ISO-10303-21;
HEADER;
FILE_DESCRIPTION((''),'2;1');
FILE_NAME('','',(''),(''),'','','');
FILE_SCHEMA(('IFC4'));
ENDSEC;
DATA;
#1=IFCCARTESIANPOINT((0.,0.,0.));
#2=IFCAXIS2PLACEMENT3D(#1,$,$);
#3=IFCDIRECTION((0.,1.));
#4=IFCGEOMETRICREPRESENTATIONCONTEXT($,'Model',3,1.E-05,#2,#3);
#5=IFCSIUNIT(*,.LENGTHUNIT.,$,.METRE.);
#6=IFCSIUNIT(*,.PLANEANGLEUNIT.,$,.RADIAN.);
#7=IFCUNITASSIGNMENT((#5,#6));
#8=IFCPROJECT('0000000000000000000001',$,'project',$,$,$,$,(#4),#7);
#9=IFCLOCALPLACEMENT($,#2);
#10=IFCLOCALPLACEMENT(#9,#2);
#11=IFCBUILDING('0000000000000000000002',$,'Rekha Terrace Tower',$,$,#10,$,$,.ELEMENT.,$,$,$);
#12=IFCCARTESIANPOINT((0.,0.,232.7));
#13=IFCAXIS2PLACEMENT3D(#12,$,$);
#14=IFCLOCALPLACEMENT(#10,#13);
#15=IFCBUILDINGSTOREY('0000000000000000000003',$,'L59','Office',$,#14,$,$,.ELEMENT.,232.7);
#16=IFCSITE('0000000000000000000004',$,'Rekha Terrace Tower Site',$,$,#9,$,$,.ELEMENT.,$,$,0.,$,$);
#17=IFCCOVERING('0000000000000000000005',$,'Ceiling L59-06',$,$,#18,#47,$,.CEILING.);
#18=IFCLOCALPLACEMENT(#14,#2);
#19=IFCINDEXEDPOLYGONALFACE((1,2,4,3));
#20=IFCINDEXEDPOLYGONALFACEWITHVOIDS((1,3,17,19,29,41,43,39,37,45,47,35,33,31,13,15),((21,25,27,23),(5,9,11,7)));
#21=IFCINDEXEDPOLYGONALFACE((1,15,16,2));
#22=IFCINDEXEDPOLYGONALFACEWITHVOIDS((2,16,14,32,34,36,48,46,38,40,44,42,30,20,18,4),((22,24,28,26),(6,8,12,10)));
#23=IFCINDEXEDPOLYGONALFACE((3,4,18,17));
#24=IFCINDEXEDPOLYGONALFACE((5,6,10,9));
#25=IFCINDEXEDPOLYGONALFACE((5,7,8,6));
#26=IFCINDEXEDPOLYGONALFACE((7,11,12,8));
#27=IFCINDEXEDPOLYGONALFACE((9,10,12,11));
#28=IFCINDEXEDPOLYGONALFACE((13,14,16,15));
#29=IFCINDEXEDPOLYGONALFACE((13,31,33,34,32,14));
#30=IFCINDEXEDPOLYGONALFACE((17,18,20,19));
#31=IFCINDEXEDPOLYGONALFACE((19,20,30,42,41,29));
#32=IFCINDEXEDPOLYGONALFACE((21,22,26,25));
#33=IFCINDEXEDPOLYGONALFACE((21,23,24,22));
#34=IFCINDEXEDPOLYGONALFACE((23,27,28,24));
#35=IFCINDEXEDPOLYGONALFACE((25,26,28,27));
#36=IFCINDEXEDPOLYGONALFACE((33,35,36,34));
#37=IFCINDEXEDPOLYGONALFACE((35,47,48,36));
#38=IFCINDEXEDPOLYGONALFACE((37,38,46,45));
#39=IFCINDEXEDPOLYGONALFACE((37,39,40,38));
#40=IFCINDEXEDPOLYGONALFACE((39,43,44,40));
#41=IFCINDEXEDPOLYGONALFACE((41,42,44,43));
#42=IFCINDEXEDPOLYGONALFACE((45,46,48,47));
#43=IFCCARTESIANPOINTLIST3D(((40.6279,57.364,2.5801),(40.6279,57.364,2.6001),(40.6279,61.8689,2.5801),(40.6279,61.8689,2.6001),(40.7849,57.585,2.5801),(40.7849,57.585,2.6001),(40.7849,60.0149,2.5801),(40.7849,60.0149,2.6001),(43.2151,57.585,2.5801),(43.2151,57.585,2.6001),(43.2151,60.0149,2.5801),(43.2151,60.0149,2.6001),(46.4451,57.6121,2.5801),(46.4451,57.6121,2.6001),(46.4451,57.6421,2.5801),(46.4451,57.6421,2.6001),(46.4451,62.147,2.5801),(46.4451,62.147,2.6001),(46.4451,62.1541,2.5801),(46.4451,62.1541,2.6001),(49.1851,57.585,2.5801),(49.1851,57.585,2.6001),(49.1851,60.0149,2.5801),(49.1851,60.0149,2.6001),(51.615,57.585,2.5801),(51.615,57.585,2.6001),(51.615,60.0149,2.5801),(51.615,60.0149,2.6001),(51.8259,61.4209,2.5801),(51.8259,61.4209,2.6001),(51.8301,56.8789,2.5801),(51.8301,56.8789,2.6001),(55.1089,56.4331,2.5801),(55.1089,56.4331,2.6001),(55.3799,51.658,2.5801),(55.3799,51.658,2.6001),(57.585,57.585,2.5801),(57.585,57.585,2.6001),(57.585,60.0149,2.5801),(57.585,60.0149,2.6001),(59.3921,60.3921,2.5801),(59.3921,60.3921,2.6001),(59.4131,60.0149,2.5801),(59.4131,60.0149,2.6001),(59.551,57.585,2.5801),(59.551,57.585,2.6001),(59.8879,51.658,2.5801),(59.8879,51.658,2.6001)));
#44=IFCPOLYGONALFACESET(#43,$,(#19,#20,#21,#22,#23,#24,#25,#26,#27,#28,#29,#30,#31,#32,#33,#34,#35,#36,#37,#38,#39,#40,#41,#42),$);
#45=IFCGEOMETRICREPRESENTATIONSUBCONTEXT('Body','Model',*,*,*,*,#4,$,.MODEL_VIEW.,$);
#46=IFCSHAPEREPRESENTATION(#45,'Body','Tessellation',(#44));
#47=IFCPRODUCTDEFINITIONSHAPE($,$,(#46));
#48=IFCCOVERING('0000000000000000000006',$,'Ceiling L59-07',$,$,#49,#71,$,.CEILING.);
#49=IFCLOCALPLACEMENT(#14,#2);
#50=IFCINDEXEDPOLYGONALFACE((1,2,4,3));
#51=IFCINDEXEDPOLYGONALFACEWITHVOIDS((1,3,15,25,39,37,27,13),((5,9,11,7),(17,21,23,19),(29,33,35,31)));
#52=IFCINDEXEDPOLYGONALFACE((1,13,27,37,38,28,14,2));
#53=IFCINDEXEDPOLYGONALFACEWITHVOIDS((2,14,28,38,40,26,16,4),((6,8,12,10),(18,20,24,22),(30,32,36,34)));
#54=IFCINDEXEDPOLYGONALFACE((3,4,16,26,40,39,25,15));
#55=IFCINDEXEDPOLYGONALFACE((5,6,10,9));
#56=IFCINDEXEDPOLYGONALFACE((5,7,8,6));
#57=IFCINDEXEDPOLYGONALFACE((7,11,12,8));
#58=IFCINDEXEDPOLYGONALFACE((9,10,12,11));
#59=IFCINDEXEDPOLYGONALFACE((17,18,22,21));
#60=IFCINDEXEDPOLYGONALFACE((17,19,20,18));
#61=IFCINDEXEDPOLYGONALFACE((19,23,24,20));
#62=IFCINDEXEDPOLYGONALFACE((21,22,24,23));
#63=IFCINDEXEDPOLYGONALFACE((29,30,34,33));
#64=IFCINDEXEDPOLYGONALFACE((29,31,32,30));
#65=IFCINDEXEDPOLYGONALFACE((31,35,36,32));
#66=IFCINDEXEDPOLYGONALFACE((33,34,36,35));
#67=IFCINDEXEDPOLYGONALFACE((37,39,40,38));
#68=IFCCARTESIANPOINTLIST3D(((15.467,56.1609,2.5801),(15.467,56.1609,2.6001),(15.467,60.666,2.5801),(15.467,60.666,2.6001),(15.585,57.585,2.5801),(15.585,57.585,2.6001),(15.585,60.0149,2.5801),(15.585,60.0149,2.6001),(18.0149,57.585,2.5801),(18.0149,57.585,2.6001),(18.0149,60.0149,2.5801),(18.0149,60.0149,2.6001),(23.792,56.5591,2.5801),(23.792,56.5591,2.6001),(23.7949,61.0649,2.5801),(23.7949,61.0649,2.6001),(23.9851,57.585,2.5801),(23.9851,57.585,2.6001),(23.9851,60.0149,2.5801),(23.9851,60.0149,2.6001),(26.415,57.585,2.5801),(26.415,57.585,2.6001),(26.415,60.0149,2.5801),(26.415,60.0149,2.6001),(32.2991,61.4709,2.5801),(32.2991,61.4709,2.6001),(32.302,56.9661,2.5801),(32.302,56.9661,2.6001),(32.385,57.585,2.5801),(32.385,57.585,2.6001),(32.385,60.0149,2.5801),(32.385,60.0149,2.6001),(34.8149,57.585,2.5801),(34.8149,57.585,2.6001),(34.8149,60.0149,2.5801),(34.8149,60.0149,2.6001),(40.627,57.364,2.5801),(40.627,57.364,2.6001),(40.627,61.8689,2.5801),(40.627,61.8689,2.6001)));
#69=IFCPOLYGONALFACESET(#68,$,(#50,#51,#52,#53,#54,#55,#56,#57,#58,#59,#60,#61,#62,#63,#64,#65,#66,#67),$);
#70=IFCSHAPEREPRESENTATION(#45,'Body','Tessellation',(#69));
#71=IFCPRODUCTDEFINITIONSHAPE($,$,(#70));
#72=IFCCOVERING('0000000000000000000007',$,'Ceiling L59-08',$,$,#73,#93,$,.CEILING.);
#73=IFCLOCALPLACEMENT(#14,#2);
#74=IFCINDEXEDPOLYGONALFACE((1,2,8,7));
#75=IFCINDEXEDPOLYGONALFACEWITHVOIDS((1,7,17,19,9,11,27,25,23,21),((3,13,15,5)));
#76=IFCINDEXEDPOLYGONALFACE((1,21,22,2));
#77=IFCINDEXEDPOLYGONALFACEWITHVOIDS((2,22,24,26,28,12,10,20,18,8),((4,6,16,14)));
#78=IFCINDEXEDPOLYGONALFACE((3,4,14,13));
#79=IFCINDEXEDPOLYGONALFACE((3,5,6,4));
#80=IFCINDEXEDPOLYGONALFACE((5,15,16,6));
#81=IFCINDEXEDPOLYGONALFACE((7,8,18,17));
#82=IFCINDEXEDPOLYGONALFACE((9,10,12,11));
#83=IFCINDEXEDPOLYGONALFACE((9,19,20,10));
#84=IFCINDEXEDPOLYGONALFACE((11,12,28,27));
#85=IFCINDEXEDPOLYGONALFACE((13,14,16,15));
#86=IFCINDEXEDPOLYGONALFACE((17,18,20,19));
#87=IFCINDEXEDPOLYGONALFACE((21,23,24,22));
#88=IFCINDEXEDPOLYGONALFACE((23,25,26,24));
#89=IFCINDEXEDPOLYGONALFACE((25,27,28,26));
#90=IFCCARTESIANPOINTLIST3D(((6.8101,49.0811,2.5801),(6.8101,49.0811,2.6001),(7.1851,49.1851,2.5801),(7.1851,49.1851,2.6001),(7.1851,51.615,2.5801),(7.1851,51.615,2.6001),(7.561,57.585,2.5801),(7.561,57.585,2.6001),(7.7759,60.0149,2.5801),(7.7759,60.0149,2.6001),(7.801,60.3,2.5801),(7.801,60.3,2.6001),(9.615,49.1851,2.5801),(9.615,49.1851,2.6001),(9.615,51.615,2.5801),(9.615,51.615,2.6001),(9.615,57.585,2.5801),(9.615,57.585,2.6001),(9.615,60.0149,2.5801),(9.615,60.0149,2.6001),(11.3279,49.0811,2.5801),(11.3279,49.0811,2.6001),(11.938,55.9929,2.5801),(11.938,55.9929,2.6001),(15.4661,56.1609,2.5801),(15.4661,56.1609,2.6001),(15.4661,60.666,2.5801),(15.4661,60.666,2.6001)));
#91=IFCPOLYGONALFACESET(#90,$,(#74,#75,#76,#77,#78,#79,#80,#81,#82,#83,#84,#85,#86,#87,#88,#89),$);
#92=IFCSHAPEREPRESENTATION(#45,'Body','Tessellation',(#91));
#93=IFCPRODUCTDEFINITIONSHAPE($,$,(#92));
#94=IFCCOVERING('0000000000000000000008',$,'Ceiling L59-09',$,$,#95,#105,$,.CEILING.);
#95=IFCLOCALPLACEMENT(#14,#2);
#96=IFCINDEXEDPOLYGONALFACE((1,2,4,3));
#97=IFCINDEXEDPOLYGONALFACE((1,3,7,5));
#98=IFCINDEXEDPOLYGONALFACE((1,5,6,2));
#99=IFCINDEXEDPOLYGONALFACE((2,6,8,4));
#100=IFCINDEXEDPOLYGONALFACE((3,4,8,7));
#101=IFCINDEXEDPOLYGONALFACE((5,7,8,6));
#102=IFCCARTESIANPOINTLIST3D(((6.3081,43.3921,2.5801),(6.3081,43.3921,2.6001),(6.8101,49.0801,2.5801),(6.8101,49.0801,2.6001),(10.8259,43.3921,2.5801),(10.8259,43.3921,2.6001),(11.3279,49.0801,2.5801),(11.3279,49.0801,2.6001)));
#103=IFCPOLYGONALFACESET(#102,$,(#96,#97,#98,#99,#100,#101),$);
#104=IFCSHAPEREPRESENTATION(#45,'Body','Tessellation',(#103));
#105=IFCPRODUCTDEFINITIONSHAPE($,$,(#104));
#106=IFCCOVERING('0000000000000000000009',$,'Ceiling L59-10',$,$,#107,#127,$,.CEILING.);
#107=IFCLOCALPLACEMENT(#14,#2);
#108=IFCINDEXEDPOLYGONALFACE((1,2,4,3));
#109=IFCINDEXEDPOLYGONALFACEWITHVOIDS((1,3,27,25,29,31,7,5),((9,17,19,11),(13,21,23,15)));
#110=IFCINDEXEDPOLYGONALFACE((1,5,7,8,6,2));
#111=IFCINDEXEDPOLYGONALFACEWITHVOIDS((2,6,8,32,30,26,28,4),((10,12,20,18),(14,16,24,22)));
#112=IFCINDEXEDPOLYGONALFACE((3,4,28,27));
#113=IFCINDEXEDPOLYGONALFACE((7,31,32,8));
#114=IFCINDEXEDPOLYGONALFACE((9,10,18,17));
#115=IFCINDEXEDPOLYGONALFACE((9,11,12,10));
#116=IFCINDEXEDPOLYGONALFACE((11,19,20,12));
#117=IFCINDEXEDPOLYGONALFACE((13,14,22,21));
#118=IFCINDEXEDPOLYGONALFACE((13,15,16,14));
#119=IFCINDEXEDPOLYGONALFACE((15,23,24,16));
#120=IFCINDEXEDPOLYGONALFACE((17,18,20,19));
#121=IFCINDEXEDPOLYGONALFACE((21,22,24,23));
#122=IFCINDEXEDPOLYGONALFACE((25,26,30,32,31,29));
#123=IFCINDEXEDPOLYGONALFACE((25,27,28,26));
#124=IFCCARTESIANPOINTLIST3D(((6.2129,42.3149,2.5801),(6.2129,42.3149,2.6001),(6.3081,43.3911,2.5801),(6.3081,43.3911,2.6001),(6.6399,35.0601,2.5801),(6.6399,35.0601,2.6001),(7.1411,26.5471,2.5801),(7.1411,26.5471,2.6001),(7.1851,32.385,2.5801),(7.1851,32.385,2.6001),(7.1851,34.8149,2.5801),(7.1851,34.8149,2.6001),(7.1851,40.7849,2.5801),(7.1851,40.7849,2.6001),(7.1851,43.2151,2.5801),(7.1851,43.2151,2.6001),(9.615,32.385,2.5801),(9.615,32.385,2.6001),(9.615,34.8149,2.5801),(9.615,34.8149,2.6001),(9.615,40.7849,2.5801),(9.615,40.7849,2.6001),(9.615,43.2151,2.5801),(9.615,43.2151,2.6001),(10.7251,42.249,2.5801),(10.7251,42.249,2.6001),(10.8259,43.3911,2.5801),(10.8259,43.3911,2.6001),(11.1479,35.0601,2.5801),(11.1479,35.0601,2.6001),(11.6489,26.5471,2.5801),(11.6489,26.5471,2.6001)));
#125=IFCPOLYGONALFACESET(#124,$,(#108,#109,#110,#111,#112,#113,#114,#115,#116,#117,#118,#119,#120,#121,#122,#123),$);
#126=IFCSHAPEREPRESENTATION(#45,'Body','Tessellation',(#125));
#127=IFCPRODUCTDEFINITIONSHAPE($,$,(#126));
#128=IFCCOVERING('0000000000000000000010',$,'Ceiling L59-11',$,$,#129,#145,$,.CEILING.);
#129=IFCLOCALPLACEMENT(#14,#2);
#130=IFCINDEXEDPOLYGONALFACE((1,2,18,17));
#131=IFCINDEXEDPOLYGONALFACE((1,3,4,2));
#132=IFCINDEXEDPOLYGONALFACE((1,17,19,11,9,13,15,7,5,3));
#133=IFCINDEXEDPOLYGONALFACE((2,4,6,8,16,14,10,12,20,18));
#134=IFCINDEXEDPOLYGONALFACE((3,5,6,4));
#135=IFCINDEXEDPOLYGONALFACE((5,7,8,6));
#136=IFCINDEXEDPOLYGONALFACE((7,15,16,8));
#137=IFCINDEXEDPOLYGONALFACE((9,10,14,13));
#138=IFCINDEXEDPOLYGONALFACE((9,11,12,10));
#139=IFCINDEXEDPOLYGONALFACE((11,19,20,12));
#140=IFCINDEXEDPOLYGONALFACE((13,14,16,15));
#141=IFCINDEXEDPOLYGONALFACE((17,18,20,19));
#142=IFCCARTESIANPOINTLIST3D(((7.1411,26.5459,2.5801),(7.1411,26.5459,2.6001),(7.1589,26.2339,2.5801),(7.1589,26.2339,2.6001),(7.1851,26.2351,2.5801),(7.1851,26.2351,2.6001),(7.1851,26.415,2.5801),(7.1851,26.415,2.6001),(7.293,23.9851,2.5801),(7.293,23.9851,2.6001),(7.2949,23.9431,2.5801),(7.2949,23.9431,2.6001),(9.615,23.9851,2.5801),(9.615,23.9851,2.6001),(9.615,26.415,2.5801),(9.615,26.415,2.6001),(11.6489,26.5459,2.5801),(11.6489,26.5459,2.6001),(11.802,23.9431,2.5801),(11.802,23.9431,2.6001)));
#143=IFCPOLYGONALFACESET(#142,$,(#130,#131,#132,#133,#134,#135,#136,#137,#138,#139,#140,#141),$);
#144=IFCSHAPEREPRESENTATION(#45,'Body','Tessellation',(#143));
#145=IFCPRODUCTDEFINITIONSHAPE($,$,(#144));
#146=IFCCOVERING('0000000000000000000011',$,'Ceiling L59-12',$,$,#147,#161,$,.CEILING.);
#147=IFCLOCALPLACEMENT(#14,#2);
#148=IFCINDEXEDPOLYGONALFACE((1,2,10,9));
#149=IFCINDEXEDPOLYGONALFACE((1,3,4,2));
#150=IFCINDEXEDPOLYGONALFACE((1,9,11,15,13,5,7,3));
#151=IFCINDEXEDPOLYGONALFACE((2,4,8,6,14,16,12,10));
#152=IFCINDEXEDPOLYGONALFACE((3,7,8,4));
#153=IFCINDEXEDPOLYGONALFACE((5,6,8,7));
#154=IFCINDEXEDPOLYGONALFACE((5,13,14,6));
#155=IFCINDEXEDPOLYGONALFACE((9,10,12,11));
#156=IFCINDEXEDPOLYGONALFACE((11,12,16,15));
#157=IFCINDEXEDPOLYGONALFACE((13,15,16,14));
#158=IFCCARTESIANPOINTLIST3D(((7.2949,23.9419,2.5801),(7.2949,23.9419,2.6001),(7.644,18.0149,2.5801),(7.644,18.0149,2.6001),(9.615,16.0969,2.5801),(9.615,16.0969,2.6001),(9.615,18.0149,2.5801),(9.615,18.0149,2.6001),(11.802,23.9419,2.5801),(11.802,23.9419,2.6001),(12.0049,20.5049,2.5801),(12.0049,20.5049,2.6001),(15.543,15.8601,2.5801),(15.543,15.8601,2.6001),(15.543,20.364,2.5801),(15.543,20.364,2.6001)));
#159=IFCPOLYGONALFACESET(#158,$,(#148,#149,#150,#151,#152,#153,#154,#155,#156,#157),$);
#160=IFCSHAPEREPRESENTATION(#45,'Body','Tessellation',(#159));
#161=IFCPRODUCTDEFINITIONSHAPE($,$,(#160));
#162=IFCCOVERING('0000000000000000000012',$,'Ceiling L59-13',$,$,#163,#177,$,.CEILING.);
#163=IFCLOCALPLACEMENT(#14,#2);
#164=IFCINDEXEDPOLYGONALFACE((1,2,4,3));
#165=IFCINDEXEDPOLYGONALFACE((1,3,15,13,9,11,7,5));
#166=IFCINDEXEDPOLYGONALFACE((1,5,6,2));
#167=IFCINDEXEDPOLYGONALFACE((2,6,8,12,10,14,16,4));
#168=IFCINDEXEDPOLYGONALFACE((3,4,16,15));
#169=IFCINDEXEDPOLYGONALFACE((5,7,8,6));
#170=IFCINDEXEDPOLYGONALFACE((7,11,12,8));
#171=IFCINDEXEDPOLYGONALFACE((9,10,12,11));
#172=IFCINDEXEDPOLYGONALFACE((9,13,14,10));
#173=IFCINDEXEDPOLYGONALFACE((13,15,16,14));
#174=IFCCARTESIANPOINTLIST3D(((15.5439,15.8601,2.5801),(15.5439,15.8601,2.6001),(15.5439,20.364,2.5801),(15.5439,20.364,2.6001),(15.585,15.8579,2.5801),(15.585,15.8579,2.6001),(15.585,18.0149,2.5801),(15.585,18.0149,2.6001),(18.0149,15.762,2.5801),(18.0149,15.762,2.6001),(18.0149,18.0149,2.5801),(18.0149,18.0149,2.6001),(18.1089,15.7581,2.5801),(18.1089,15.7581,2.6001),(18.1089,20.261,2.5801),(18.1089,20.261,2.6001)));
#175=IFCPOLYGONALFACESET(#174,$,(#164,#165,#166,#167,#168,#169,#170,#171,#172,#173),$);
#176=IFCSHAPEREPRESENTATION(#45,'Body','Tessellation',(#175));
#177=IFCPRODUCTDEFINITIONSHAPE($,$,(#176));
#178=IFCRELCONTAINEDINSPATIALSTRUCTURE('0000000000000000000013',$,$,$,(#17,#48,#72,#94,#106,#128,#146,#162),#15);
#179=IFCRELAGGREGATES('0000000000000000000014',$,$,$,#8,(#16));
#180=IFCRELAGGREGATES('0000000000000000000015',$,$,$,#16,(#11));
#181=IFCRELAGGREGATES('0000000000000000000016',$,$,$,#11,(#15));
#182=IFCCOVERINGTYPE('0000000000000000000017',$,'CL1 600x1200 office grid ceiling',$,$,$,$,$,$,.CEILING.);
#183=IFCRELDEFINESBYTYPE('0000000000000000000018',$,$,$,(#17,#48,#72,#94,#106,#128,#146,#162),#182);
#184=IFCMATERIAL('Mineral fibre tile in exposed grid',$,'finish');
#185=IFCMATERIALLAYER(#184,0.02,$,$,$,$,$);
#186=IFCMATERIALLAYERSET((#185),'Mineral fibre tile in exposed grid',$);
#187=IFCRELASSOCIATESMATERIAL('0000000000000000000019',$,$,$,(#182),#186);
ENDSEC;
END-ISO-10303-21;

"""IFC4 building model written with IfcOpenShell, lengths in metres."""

from ifc_helpers import new_model, si_unit, direction, frame, origin, place, context, subcontext, project, spatial, polyline, outline, extrude, material, layer, layer_set, type_object, element, save


model = new_model("IFC4")

# Units and contexts
model_context = context("Model", 3, precision=1e-05, world=origin(), true_north=direction((0.0, 1.0)))
body_context = subcontext(model_context, "Body", "Model", "MODEL_VIEW")
ifc_project = project(units=[si_unit("LENGTHUNIT", "METRE"), si_unit("PLANEANGLEUNIT", "RADIAN")], contexts=[model_context])

# Site, building, storey
site_placement = place(None, origin())
site = spatial("IfcSite", under=ifc_project, at=site_placement, Name="Rekha Terrace Tower Site", CompositionType="ELEMENT", RefElevation=0.0)
building_placement = place(site_placement, origin())
building = spatial("IfcBuilding", under=site, at=building_placement, Name="Rekha Terrace Tower", CompositionType="ELEMENT")
storey_placement = place(building_placement, frame((0.0, 0.0, 232.7)))
storey = spatial("IfcBuildingStorey", under=building, at=storey_placement, Name="L59", Description="Office", CompositionType="ELEMENT", Elevation=232.7)

# Coverings
ifc_material_1 = material(Name="Mineral fibre tile in exposed grid", Category="finish")
ifc_layer_1 = layer(ifc_material_1, 0.02)
ifc_layer_set_1 = layer_set([ifc_layer_1], Name="Mineral fibre tile in exposed grid")
covering_type_1 = type_object("IfcCoveringType", Name="CL1 600x1200 office grid ceiling", PredefinedType="CEILING", material=ifc_layer_set_1)
covering_1_placement = place(storey_placement, frame((0.0, 0.0, 2.5801)))
element("IfcCovering", 1, at=covering_1_placement, inside=storey, type_object=covering_type_1, Name="Ceiling L59-06", PredefinedType="CEILING", context=body_context, shape_type="SweptSolid", body=[
    extrude(outline(polyline([(40.6279, 61.8689), (40.6279, 57.364), (46.4451, 57.6421), (46.4451, 57.6121), (51.8301, 56.8789), (55.1089, 56.4331), (55.3799, 51.658), (59.8879, 51.658), (59.551, 57.585), (57.585, 57.585), (57.585, 60.0149), (59.4131, 60.0149), (59.3921, 60.3921), (51.8259, 61.4209), (46.4451, 62.1541), (46.4451, 62.147), (40.6279, 61.8689)]), holes=[polyline([(51.615, 57.585), (49.1851, 57.585), (49.1851, 60.0149), (51.615, 60.0149), (51.615, 57.585)]), polyline([(43.2151, 60.0149), (43.2151, 57.585), (40.7849, 57.585), (40.7849, 60.0149), (43.2151, 60.0149)])]), origin(), (0.0, 0.0, 1.0), 0.02),
])
covering_2_placement = place(storey_placement, frame((0.0, 0.0, 2.5801)))
element("IfcCovering", 2, at=covering_2_placement, inside=storey, type_object=covering_type_1, Name="Ceiling L59-07", PredefinedType="CEILING", context=body_context, shape_type="SweptSolid", body=[
    extrude(outline(polyline([(32.2991, 61.4709), (23.7949, 61.0649), (15.467, 60.666), (15.467, 56.1609), (23.792, 56.5591), (32.302, 56.9661), (40.627, 57.364), (40.627, 61.8689), (32.2991, 61.4709)]), holes=[polyline([(34.8149, 57.585), (32.385, 57.585), (32.385, 60.0149), (34.8149, 60.0149), (34.8149, 57.585)]), polyline([(26.415, 57.585), (23.9851, 57.585), (23.9851, 60.0149), (26.415, 60.0149), (26.415, 57.585)]), polyline([(18.0149, 60.0149), (18.0149, 57.585), (15.585, 57.585), (15.585, 60.0149), (18.0149, 60.0149)])]), origin(), (0.0, 0.0, 1.0), 0.02),
])
covering_3_placement = place(storey_placement, frame((0.0, 0.0, 2.5801)))
element("IfcCovering", 3, at=covering_3_placement, inside=storey, type_object=covering_type_1, Name="Ceiling L59-08", PredefinedType="CEILING", context=body_context, shape_type="SweptSolid", body=[
    extrude(outline(polyline([(7.561, 57.585), (6.8101, 49.0811), (11.3279, 49.0811), (11.938, 55.9929), (15.4661, 56.1609), (15.4661, 60.666), (7.801, 60.3), (7.7759, 60.0149), (9.615, 60.0149), (9.615, 57.585), (7.561, 57.585)]), holes=[polyline([(9.615, 49.1851), (7.1851, 49.1851), (7.1851, 51.615), (9.615, 51.615), (9.615, 49.1851)])]), origin(), (0.0, 0.0, 1.0), 0.02),
])
covering_4_placement = place(storey_placement, frame((0.0, 0.0, 2.5801)))
element("IfcCovering", 4, at=covering_4_placement, inside=storey, type_object=covering_type_1, Name="Ceiling L59-09", PredefinedType="CEILING", context=body_context, shape_type="SweptSolid", body=[
    extrude(outline(polyline([(11.3279, 49.0801), (6.8101, 49.0801), (6.3081, 43.3921), (10.8259, 43.3921), (11.3279, 49.0801)])), origin(), (0.0, 0.0, 1.0), 0.02),
])
covering_5_placement = place(storey_placement, frame((0.0, 0.0, 2.5801)))
element("IfcCovering", 5, at=covering_5_placement, inside=storey, type_object=covering_type_1, Name="Ceiling L59-10", PredefinedType="CEILING", context=body_context, shape_type="SweptSolid", body=[
    extrude(outline(polyline([(10.8259, 43.3911), (6.3081, 43.3911), (6.2129, 42.3149), (6.6399, 35.0601), (7.1411, 26.5471), (11.6489, 26.5471), (11.1479, 35.0601), (10.7251, 42.249), (10.8259, 43.3911)]), holes=[polyline([(9.615, 34.8149), (9.615, 32.385), (7.1851, 32.385), (7.1851, 34.8149), (9.615, 34.8149)]), polyline([(9.615, 40.7849), (7.1851, 40.7849), (7.1851, 43.2151), (9.615, 43.2151), (9.615, 40.7849)])]), origin(), (0.0, 0.0, 1.0), 0.02),
])
covering_6_placement = place(storey_placement, frame((0.0, 0.0, 2.5801)))
element("IfcCovering", 6, at=covering_6_placement, inside=storey, type_object=covering_type_1, Name="Ceiling L59-11", PredefinedType="CEILING", context=body_context, shape_type="SweptSolid", body=[
    extrude(outline(polyline([(9.615, 23.9851), (7.293, 23.9851), (7.2949, 23.9431), (11.802, 23.9431), (11.6489, 26.5459), (7.1411, 26.5459), (7.1589, 26.2339), (7.1851, 26.2351), (7.1851, 26.415), (9.615, 26.415), (9.615, 23.9851)])), origin(), (0.0, 0.0, 1.0), 0.02),
])
covering_7_placement = place(storey_placement, frame((0.0, 0.0, 2.5801)))
element("IfcCovering", 7, at=covering_7_placement, inside=storey, type_object=covering_type_1, Name="Ceiling L59-12", PredefinedType="CEILING", context=body_context, shape_type="SweptSolid", body=[
    extrude(outline(polyline([(9.615, 16.0969), (15.543, 15.8601), (15.543, 20.364), (12.0049, 20.5049), (11.802, 23.9419), (7.2949, 23.9419), (7.644, 18.0149), (9.615, 18.0149), (9.615, 16.0969)])), origin(), (0.0, 0.0, 1.0), 0.02),
])
covering_8_placement = place(storey_placement, frame((0.0, 0.0, 2.5801)))
element("IfcCovering", 8, at=covering_8_placement, inside=storey, type_object=covering_type_1, Name="Ceiling L59-13", PredefinedType="CEILING", context=body_context, shape_type="SweptSolid", body=[
    extrude(outline(polyline([(18.0149, 18.0149), (18.0149, 15.762), (18.1089, 15.7581), (18.1089, 20.261), (15.5439, 20.364), (15.5439, 15.8601), (15.585, 15.8579), (15.585, 18.0149), (18.0149, 18.0149)])), origin(), (0.0, 0.0, 1.0), 0.02),
])

save(model, "model.ifc")
